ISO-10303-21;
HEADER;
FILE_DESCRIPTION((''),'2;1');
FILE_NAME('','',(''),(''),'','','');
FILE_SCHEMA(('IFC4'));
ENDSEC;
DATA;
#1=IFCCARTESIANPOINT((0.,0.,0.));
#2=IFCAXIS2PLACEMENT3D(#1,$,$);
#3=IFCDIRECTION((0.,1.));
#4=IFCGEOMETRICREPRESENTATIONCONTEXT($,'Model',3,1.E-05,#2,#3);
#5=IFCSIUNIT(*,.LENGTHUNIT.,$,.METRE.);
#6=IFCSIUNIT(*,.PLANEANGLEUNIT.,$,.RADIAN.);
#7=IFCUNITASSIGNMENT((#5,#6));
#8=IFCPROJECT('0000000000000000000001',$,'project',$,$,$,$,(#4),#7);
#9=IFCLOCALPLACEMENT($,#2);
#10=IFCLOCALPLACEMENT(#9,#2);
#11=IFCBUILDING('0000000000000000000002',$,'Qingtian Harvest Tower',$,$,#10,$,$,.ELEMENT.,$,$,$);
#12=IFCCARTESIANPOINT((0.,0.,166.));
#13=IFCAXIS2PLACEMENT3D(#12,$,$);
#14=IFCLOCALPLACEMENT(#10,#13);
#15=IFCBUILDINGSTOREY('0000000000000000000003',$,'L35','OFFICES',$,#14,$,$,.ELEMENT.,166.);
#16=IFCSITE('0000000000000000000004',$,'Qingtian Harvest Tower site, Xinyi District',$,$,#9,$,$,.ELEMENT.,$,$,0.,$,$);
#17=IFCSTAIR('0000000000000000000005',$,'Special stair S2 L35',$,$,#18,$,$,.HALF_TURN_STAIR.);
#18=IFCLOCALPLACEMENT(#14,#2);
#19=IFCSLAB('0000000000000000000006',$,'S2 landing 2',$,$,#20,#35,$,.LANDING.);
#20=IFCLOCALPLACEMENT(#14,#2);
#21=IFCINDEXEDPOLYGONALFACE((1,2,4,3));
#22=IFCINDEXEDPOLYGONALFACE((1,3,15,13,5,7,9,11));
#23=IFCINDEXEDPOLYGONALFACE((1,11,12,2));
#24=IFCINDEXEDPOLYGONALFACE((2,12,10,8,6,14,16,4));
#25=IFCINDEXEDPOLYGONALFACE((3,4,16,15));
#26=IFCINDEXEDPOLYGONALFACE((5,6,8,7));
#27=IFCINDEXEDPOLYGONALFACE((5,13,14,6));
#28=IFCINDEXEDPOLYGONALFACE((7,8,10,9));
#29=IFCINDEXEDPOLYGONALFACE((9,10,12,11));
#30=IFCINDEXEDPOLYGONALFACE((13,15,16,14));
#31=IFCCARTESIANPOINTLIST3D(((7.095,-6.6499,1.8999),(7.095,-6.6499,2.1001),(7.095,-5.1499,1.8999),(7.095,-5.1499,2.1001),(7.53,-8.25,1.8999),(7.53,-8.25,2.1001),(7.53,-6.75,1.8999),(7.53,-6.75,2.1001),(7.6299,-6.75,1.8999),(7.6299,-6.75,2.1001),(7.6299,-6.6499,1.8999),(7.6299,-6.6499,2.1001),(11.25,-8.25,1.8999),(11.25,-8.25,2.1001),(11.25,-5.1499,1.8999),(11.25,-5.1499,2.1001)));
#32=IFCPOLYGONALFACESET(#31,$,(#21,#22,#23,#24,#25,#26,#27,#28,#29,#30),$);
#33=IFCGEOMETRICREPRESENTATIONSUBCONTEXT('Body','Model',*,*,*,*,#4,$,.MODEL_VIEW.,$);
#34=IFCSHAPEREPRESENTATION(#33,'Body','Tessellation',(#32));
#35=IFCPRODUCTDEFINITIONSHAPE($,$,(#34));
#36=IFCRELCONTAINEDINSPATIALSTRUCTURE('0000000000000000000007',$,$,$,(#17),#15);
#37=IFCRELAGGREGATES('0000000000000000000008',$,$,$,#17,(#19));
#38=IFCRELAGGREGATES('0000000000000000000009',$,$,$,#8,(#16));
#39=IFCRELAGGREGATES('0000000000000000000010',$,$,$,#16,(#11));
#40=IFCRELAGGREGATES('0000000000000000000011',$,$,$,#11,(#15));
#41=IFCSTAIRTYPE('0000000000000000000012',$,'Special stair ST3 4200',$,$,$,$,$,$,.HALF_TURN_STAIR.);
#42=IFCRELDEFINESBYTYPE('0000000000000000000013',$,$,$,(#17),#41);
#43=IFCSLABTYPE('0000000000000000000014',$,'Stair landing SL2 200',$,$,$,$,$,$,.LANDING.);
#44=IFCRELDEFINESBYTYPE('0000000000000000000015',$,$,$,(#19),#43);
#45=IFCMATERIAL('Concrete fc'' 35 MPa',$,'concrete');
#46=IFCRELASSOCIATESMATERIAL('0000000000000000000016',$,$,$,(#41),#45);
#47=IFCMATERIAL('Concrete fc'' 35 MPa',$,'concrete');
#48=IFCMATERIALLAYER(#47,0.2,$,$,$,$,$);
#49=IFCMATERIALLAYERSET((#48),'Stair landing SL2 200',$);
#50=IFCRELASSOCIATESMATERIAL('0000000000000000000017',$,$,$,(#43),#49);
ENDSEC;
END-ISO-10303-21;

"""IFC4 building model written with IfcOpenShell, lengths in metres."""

from ifc_helpers import new_model, si_unit, direction, frame, origin, place, context, subcontext, project, spatial, polyline, outline, extrude, material, layer, layer_set, type_object, element, aggregate, save


model = new_model("IFC4")

# Units and contexts
model_context = context("Model", 3, precision=1e-05, world=origin(), true_north=direction((0.0, 1.0)))
body_context = subcontext(model_context, "Body", "Model", "MODEL_VIEW")
ifc_project = project(units=[si_unit("LENGTHUNIT", "METRE"), si_unit("PLANEANGLEUNIT", "RADIAN")], contexts=[model_context])

# Site, building, storey
site_placement = place(None, origin())
site = spatial("IfcSite", under=ifc_project, at=site_placement, Name="Qingtian Harvest Tower site, Xinyi District", CompositionType="ELEMENT", RefElevation=0.0)
building_placement = place(site_placement, origin())
building = spatial("IfcBuilding", under=site, at=building_placement, Name="Qingtian Harvest Tower", CompositionType="ELEMENT")
storey_placement = place(building_placement, frame((0.0, 0.0, 166.0)))
storey = spatial("IfcBuildingStorey", under=building, at=storey_placement, Name="L35", Description="OFFICES", CompositionType="ELEMENT", Elevation=166.0)

# Shared definitions
ifc_material_1 = material(Name="Concrete fc' 35 MPa", Category="concrete")
stair_type = type_object("IfcStairType", Name="Special stair ST3 4200", PredefinedType="HALF_TURN_STAIR", material=ifc_material_1)
ifc_material_2 = material(Name="Concrete fc' 35 MPa", Category="concrete")
ifc_layer_1 = layer(ifc_material_2, 0.2)
ifc_layer_set_1 = layer_set([ifc_layer_1], Name="Stair landing SL2 200")
slab_type_1 = type_object("IfcSlabType", Name="Stair landing SL2 200", PredefinedType="LANDING", material=ifc_layer_set_1)

# Stair, slab
stair_1_placement = place(storey_placement, origin())
stair_1 = element("IfcStair", 1, at=stair_1_placement, inside=storey, type_object=stair_type, Name="Special stair S2 L35", PredefinedType="HALF_TURN_STAIR")
slab_1_placement = place(storey_placement, frame((0.0, 0.0, 1.8999)))
slab_1 = element("IfcSlab", 2, at=slab_1_placement, type_object=slab_type_1, Name="S2 landing 2", PredefinedType="LANDING", context=body_context, shape_type="SweptSolid", body=[
    extrude(outline(polyline([(7.53, -8.25), (7.53, -6.75), (7.6299, -6.75), (7.6299, -6.6499), (7.095, -6.6499), (7.095, -5.1499), (11.25, -5.1499), (11.25, -8.25), (7.53, -8.25)])), origin(), (0.0, 0.0, 1.0), 0.2002),
])
aggregate(stair_1, [slab_1])

save(model, "model.ifc")
